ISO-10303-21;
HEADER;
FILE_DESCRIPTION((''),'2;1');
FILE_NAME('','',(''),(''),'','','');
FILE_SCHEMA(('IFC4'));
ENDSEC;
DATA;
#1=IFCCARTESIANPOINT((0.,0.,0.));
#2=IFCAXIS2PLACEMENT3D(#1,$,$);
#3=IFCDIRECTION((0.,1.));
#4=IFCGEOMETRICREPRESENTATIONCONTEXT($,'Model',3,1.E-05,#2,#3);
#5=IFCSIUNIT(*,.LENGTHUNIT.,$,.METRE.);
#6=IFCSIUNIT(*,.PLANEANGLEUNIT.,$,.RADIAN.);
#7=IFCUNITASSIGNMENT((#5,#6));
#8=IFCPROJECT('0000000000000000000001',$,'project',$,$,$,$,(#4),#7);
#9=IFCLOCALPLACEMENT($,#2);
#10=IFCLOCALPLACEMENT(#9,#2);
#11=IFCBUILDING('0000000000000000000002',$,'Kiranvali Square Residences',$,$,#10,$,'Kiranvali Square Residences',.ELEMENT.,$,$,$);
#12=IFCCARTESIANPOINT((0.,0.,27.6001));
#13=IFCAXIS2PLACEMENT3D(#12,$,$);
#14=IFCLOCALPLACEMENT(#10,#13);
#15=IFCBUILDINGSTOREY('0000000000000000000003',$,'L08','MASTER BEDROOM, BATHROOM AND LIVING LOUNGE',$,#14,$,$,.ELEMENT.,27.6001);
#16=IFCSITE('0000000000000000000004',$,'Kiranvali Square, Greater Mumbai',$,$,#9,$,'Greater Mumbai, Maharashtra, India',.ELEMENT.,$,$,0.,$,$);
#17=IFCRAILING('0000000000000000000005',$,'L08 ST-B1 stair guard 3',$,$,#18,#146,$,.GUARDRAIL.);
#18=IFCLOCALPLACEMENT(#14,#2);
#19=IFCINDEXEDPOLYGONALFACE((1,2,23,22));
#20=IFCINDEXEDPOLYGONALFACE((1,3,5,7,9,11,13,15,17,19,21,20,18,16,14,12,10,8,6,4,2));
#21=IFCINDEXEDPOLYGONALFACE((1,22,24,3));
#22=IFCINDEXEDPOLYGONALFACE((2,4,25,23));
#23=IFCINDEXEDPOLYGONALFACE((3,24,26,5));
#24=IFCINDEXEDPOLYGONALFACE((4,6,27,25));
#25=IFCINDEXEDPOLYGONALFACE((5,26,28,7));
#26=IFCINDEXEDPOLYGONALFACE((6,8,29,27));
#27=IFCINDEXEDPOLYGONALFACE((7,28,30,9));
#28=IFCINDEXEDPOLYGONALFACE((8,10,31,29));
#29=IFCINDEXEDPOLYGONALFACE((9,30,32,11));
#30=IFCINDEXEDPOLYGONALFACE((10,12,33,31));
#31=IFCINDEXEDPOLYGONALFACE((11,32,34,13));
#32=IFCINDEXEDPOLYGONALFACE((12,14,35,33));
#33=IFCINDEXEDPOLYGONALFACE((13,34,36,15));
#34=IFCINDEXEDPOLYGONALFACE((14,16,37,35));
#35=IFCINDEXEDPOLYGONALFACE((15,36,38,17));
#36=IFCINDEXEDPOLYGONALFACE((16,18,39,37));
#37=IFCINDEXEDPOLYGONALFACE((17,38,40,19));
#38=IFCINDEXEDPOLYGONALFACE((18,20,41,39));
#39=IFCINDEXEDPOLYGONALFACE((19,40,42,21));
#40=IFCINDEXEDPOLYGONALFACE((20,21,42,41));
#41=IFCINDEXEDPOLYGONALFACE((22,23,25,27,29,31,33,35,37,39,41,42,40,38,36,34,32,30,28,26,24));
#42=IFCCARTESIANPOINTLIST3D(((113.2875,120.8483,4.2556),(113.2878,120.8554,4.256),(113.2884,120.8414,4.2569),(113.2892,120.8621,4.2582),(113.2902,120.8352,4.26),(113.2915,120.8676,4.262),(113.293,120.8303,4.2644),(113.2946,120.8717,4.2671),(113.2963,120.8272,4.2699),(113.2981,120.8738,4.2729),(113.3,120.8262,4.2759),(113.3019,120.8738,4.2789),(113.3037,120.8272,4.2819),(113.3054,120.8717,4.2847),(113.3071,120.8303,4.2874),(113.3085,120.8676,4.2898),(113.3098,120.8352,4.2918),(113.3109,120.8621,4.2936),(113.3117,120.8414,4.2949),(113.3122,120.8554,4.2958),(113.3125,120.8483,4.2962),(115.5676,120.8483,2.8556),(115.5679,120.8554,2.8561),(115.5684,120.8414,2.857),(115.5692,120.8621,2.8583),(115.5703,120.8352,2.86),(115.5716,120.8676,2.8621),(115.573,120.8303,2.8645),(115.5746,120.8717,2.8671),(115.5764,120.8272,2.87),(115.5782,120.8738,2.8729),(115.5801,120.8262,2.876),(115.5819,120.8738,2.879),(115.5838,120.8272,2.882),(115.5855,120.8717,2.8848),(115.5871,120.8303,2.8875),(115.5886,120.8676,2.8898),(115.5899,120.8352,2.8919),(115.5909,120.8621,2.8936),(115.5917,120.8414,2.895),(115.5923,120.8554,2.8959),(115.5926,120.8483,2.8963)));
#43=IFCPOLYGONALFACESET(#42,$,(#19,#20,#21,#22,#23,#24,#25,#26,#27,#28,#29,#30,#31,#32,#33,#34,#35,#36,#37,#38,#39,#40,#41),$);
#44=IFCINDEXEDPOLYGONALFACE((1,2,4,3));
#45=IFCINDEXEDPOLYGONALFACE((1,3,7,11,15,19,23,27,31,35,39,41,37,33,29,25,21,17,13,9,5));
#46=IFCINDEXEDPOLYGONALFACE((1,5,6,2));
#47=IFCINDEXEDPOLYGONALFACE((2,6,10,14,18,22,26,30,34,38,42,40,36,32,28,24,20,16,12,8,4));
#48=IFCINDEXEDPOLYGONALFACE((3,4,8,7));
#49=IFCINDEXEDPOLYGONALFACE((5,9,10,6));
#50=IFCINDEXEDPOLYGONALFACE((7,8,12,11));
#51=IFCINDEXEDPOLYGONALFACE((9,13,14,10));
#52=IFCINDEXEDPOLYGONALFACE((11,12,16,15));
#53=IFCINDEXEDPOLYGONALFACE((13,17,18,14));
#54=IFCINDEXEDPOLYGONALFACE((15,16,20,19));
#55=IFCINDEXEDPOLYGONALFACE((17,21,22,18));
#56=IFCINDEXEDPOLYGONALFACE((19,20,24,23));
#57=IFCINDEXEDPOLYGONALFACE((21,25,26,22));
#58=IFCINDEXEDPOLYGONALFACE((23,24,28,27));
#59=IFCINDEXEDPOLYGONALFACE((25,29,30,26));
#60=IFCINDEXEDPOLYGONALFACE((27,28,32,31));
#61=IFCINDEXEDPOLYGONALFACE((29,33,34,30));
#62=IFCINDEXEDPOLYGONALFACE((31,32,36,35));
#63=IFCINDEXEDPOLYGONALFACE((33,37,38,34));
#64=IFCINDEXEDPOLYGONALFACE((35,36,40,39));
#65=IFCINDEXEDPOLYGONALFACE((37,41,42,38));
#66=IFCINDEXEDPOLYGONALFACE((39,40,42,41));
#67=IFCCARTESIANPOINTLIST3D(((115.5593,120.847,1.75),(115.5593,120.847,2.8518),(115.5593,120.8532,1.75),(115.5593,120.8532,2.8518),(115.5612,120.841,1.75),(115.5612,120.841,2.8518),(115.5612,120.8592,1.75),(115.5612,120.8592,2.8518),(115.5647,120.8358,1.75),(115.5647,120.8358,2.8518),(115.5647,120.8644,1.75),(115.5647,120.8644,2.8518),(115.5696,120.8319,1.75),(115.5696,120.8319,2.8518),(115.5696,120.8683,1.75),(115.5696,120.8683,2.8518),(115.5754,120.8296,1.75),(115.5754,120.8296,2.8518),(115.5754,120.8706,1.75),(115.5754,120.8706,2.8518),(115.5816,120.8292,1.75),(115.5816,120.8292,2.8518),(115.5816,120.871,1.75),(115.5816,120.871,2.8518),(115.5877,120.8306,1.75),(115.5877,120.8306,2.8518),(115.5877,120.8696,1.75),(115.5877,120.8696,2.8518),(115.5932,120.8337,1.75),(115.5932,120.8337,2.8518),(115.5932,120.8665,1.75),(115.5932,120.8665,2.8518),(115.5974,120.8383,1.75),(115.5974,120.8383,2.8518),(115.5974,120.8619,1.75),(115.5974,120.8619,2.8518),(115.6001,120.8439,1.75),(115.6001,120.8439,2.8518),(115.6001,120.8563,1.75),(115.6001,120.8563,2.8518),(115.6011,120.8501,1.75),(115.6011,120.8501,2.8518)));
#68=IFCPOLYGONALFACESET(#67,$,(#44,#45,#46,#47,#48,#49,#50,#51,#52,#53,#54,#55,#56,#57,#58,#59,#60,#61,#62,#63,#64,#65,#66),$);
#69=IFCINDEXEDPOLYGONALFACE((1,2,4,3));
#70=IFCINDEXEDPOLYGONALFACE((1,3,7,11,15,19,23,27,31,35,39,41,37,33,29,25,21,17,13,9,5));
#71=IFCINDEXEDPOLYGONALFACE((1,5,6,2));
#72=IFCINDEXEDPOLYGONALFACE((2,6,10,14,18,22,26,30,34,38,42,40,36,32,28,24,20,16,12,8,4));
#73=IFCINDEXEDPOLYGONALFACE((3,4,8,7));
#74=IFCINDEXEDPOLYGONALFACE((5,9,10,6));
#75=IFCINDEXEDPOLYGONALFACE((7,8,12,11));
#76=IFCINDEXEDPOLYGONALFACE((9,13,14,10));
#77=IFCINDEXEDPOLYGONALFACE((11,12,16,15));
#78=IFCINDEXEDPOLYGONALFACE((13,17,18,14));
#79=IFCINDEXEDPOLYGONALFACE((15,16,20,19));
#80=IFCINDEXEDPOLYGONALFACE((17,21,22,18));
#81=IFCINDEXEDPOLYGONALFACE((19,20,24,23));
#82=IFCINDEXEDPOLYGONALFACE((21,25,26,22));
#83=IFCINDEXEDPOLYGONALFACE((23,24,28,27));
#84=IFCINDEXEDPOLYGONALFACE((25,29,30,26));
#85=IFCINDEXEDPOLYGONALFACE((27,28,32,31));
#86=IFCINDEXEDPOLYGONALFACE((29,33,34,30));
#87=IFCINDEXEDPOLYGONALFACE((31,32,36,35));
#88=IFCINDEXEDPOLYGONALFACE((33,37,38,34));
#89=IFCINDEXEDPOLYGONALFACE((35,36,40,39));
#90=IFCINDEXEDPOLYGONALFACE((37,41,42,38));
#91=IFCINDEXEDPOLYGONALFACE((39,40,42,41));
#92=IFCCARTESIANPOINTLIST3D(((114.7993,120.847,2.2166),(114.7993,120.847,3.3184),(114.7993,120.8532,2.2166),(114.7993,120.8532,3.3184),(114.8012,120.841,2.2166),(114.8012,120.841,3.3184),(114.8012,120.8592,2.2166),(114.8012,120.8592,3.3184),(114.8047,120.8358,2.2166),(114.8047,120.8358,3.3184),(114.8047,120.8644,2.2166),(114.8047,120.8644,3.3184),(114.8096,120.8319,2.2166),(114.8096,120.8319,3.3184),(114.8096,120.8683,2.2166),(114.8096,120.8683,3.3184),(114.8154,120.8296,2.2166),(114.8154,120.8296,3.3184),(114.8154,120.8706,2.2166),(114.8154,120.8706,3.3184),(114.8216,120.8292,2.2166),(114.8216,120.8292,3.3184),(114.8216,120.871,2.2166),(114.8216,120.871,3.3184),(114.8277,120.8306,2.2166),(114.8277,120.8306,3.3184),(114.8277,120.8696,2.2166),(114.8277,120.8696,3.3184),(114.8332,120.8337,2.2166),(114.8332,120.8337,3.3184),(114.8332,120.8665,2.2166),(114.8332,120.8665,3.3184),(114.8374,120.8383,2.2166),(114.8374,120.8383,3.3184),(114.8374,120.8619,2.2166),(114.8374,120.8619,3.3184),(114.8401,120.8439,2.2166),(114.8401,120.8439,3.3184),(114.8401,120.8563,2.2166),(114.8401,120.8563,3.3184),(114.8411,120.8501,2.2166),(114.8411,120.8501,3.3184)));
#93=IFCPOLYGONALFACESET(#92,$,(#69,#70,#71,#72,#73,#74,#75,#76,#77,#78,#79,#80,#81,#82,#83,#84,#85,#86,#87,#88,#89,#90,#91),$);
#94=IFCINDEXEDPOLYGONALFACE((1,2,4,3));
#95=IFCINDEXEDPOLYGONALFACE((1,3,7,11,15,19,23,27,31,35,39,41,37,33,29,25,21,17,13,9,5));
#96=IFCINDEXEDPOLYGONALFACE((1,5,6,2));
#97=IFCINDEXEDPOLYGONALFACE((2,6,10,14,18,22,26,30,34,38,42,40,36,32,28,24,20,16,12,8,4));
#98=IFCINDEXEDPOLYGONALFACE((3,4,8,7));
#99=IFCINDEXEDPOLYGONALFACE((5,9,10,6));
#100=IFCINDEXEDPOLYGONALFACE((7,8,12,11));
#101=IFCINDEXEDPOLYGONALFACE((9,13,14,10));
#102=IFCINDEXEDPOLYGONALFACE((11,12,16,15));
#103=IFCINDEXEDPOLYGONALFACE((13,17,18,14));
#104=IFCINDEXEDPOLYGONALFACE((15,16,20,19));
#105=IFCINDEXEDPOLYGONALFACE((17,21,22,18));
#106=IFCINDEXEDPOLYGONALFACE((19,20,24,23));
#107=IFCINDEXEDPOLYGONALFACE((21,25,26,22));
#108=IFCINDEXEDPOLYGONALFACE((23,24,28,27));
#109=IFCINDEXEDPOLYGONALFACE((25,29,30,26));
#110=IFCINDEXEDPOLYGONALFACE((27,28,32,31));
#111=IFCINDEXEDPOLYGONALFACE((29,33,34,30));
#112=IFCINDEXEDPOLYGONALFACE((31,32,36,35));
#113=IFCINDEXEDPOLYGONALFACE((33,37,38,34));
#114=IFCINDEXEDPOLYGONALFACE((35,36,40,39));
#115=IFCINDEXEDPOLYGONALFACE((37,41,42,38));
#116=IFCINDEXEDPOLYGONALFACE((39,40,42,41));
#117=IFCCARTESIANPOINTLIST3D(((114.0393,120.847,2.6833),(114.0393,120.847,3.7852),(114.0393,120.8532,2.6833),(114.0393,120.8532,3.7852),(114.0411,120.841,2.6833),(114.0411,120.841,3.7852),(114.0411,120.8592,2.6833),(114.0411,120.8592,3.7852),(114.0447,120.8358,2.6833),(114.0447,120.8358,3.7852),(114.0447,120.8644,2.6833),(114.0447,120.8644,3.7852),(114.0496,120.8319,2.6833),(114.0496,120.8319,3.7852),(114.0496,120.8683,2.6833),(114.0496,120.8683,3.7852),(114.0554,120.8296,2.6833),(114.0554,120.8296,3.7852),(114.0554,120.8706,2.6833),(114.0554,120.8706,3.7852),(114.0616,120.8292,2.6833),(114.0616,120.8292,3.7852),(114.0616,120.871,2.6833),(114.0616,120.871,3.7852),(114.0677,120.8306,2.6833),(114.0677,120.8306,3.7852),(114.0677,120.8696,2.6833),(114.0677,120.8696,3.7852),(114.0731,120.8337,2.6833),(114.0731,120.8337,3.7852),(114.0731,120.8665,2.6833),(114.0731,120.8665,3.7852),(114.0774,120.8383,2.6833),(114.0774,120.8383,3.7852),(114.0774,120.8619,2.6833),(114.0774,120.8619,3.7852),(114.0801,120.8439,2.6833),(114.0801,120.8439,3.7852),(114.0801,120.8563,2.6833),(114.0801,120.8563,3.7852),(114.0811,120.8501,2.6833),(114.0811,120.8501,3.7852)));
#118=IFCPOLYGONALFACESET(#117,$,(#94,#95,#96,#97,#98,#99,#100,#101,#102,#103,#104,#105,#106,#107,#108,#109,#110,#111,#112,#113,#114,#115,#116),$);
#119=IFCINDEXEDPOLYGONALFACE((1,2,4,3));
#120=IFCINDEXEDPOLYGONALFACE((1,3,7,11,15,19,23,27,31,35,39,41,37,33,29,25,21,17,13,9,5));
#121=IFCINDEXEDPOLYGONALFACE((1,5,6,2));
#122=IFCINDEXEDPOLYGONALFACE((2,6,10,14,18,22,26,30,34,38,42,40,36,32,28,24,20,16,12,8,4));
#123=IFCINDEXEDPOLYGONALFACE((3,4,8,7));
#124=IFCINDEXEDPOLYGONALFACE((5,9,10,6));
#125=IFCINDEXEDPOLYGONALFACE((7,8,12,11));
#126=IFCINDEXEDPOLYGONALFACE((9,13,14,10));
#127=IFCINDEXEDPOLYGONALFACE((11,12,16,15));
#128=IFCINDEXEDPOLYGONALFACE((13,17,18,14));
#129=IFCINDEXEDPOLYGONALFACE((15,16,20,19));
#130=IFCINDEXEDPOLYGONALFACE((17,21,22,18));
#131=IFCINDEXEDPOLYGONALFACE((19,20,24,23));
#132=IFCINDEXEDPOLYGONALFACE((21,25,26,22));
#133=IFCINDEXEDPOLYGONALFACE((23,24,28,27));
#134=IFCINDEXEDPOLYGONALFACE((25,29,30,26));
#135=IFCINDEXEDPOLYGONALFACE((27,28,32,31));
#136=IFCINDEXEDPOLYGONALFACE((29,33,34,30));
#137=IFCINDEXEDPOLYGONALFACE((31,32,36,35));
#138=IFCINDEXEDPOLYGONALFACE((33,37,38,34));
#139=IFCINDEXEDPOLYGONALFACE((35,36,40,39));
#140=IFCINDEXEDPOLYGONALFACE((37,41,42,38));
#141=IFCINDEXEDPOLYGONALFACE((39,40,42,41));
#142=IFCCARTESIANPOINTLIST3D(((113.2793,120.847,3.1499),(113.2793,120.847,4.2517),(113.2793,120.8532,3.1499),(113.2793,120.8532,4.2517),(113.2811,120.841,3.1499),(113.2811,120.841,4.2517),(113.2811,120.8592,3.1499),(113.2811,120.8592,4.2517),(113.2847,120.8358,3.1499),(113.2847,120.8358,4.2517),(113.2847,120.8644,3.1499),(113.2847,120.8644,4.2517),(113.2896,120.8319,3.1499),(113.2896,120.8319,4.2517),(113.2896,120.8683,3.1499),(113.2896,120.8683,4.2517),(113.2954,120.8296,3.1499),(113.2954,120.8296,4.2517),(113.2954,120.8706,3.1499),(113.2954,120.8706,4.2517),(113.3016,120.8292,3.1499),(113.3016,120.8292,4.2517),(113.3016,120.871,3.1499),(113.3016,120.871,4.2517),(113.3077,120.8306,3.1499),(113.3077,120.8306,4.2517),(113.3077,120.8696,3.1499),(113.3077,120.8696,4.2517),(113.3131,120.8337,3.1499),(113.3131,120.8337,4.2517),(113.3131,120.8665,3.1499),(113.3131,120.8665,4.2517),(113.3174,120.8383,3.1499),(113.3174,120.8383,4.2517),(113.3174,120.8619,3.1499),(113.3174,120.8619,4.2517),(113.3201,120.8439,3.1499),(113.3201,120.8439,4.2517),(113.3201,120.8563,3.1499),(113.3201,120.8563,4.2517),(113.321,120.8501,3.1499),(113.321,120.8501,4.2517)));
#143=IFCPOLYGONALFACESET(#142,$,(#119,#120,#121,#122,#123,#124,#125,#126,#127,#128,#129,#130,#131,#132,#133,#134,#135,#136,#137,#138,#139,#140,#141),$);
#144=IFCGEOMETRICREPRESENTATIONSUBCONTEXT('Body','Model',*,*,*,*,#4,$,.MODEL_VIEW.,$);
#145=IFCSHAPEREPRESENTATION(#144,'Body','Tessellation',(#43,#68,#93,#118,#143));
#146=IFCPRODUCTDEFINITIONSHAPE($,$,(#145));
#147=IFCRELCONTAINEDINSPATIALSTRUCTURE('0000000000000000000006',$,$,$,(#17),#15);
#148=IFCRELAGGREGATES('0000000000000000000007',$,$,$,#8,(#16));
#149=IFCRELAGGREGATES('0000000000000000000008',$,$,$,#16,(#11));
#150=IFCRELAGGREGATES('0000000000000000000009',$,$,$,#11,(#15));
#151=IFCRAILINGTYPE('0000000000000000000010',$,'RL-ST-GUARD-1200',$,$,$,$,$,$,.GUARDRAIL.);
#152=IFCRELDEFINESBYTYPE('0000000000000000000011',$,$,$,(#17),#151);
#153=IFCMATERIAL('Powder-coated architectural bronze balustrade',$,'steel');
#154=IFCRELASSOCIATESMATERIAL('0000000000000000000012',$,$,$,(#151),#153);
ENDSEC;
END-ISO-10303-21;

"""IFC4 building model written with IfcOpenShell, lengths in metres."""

from ifc_helpers import new_model, si_unit, direction, frame, origin, origin_2d, place, context, subcontext, project, spatial, circle, extrude, material, type_object, element, save


model = new_model("IFC4")

# Units and contexts
model_context = context("Model", 3, precision=1e-05, world=origin(), true_north=direction((0.0, 1.0)))
body_context = subcontext(model_context, "Body", "Model", "MODEL_VIEW")
ifc_project = project(units=[si_unit("LENGTHUNIT", "METRE"), si_unit("PLANEANGLEUNIT", "RADIAN")], contexts=[model_context])

# Site, building, storey
site_placement = place(None, origin())
site = spatial("IfcSite", under=ifc_project, at=site_placement, Name="Kiranvali Square, Greater Mumbai", LongName="Greater Mumbai, Maharashtra, India", CompositionType="ELEMENT", RefElevation=0.0)
building_placement = place(site_placement, origin())
building = spatial("IfcBuilding", under=site, at=building_placement, Name="Kiranvali Square Residences", LongName="Kiranvali Square Residences", CompositionType="ELEMENT")
storey_placement = place(building_placement, frame((0.0, 0.0, 27.6001)))
storey = spatial("IfcBuildingStorey", under=building, at=storey_placement, Name="L08", Description="MASTER BEDROOM, BATHROOM AND LIVING LOUNGE", CompositionType="ELEMENT", Elevation=27.6001)

# Railing
ifc_material_1 = material(Name="Powder-coated architectural bronze balustrade", Category="steel")
railing_type_1 = type_object("IfcRailingType", Name="RL-ST-GUARD-1200", PredefinedType="GUARDRAIL", material=ifc_material_1)
railing_1_placement = place(storey_placement, frame((115.5801, 120.8501, 1.75)))
element("IfcRailing", 1, at=railing_1_placement, inside=storey, type_object=railing_type_1, Name="L08 ST-B1 stair guard 3", PredefinedType="GUARDRAIL", context=body_context, shape_type="SweptSolid", body=[
    extrude(circle(Radius=0.0239, at=origin_2d()), frame((0.0, 0.0, 1.126), z_axis=(-0.85219, 0.0, 0.523232), x_axis=(0.0, -1.0, 0.0)), (0.0, 0.0, 1.0), 2.6755),
    extrude(circle(Radius=0.021, at=origin_2d()), origin(), (0.0, 0.0, 1.0), 1.1018),
    extrude(circle(Radius=0.021, at=origin_2d()), frame((-0.76, 0.0, 0.4666)), (0.0, 0.0, 1.0), 1.1018),
    extrude(circle(Radius=0.021, at=origin_2d()), frame((-1.52, 0.0, 0.9333)), (0.0, 0.0, 1.0), 1.1018),
    extrude(circle(Radius=0.021, at=origin_2d()), frame((-2.28, 0.0, 1.3999)), (0.0, 0.0, 1.0), 1.1018),
])

save(model, "model.ifc")
